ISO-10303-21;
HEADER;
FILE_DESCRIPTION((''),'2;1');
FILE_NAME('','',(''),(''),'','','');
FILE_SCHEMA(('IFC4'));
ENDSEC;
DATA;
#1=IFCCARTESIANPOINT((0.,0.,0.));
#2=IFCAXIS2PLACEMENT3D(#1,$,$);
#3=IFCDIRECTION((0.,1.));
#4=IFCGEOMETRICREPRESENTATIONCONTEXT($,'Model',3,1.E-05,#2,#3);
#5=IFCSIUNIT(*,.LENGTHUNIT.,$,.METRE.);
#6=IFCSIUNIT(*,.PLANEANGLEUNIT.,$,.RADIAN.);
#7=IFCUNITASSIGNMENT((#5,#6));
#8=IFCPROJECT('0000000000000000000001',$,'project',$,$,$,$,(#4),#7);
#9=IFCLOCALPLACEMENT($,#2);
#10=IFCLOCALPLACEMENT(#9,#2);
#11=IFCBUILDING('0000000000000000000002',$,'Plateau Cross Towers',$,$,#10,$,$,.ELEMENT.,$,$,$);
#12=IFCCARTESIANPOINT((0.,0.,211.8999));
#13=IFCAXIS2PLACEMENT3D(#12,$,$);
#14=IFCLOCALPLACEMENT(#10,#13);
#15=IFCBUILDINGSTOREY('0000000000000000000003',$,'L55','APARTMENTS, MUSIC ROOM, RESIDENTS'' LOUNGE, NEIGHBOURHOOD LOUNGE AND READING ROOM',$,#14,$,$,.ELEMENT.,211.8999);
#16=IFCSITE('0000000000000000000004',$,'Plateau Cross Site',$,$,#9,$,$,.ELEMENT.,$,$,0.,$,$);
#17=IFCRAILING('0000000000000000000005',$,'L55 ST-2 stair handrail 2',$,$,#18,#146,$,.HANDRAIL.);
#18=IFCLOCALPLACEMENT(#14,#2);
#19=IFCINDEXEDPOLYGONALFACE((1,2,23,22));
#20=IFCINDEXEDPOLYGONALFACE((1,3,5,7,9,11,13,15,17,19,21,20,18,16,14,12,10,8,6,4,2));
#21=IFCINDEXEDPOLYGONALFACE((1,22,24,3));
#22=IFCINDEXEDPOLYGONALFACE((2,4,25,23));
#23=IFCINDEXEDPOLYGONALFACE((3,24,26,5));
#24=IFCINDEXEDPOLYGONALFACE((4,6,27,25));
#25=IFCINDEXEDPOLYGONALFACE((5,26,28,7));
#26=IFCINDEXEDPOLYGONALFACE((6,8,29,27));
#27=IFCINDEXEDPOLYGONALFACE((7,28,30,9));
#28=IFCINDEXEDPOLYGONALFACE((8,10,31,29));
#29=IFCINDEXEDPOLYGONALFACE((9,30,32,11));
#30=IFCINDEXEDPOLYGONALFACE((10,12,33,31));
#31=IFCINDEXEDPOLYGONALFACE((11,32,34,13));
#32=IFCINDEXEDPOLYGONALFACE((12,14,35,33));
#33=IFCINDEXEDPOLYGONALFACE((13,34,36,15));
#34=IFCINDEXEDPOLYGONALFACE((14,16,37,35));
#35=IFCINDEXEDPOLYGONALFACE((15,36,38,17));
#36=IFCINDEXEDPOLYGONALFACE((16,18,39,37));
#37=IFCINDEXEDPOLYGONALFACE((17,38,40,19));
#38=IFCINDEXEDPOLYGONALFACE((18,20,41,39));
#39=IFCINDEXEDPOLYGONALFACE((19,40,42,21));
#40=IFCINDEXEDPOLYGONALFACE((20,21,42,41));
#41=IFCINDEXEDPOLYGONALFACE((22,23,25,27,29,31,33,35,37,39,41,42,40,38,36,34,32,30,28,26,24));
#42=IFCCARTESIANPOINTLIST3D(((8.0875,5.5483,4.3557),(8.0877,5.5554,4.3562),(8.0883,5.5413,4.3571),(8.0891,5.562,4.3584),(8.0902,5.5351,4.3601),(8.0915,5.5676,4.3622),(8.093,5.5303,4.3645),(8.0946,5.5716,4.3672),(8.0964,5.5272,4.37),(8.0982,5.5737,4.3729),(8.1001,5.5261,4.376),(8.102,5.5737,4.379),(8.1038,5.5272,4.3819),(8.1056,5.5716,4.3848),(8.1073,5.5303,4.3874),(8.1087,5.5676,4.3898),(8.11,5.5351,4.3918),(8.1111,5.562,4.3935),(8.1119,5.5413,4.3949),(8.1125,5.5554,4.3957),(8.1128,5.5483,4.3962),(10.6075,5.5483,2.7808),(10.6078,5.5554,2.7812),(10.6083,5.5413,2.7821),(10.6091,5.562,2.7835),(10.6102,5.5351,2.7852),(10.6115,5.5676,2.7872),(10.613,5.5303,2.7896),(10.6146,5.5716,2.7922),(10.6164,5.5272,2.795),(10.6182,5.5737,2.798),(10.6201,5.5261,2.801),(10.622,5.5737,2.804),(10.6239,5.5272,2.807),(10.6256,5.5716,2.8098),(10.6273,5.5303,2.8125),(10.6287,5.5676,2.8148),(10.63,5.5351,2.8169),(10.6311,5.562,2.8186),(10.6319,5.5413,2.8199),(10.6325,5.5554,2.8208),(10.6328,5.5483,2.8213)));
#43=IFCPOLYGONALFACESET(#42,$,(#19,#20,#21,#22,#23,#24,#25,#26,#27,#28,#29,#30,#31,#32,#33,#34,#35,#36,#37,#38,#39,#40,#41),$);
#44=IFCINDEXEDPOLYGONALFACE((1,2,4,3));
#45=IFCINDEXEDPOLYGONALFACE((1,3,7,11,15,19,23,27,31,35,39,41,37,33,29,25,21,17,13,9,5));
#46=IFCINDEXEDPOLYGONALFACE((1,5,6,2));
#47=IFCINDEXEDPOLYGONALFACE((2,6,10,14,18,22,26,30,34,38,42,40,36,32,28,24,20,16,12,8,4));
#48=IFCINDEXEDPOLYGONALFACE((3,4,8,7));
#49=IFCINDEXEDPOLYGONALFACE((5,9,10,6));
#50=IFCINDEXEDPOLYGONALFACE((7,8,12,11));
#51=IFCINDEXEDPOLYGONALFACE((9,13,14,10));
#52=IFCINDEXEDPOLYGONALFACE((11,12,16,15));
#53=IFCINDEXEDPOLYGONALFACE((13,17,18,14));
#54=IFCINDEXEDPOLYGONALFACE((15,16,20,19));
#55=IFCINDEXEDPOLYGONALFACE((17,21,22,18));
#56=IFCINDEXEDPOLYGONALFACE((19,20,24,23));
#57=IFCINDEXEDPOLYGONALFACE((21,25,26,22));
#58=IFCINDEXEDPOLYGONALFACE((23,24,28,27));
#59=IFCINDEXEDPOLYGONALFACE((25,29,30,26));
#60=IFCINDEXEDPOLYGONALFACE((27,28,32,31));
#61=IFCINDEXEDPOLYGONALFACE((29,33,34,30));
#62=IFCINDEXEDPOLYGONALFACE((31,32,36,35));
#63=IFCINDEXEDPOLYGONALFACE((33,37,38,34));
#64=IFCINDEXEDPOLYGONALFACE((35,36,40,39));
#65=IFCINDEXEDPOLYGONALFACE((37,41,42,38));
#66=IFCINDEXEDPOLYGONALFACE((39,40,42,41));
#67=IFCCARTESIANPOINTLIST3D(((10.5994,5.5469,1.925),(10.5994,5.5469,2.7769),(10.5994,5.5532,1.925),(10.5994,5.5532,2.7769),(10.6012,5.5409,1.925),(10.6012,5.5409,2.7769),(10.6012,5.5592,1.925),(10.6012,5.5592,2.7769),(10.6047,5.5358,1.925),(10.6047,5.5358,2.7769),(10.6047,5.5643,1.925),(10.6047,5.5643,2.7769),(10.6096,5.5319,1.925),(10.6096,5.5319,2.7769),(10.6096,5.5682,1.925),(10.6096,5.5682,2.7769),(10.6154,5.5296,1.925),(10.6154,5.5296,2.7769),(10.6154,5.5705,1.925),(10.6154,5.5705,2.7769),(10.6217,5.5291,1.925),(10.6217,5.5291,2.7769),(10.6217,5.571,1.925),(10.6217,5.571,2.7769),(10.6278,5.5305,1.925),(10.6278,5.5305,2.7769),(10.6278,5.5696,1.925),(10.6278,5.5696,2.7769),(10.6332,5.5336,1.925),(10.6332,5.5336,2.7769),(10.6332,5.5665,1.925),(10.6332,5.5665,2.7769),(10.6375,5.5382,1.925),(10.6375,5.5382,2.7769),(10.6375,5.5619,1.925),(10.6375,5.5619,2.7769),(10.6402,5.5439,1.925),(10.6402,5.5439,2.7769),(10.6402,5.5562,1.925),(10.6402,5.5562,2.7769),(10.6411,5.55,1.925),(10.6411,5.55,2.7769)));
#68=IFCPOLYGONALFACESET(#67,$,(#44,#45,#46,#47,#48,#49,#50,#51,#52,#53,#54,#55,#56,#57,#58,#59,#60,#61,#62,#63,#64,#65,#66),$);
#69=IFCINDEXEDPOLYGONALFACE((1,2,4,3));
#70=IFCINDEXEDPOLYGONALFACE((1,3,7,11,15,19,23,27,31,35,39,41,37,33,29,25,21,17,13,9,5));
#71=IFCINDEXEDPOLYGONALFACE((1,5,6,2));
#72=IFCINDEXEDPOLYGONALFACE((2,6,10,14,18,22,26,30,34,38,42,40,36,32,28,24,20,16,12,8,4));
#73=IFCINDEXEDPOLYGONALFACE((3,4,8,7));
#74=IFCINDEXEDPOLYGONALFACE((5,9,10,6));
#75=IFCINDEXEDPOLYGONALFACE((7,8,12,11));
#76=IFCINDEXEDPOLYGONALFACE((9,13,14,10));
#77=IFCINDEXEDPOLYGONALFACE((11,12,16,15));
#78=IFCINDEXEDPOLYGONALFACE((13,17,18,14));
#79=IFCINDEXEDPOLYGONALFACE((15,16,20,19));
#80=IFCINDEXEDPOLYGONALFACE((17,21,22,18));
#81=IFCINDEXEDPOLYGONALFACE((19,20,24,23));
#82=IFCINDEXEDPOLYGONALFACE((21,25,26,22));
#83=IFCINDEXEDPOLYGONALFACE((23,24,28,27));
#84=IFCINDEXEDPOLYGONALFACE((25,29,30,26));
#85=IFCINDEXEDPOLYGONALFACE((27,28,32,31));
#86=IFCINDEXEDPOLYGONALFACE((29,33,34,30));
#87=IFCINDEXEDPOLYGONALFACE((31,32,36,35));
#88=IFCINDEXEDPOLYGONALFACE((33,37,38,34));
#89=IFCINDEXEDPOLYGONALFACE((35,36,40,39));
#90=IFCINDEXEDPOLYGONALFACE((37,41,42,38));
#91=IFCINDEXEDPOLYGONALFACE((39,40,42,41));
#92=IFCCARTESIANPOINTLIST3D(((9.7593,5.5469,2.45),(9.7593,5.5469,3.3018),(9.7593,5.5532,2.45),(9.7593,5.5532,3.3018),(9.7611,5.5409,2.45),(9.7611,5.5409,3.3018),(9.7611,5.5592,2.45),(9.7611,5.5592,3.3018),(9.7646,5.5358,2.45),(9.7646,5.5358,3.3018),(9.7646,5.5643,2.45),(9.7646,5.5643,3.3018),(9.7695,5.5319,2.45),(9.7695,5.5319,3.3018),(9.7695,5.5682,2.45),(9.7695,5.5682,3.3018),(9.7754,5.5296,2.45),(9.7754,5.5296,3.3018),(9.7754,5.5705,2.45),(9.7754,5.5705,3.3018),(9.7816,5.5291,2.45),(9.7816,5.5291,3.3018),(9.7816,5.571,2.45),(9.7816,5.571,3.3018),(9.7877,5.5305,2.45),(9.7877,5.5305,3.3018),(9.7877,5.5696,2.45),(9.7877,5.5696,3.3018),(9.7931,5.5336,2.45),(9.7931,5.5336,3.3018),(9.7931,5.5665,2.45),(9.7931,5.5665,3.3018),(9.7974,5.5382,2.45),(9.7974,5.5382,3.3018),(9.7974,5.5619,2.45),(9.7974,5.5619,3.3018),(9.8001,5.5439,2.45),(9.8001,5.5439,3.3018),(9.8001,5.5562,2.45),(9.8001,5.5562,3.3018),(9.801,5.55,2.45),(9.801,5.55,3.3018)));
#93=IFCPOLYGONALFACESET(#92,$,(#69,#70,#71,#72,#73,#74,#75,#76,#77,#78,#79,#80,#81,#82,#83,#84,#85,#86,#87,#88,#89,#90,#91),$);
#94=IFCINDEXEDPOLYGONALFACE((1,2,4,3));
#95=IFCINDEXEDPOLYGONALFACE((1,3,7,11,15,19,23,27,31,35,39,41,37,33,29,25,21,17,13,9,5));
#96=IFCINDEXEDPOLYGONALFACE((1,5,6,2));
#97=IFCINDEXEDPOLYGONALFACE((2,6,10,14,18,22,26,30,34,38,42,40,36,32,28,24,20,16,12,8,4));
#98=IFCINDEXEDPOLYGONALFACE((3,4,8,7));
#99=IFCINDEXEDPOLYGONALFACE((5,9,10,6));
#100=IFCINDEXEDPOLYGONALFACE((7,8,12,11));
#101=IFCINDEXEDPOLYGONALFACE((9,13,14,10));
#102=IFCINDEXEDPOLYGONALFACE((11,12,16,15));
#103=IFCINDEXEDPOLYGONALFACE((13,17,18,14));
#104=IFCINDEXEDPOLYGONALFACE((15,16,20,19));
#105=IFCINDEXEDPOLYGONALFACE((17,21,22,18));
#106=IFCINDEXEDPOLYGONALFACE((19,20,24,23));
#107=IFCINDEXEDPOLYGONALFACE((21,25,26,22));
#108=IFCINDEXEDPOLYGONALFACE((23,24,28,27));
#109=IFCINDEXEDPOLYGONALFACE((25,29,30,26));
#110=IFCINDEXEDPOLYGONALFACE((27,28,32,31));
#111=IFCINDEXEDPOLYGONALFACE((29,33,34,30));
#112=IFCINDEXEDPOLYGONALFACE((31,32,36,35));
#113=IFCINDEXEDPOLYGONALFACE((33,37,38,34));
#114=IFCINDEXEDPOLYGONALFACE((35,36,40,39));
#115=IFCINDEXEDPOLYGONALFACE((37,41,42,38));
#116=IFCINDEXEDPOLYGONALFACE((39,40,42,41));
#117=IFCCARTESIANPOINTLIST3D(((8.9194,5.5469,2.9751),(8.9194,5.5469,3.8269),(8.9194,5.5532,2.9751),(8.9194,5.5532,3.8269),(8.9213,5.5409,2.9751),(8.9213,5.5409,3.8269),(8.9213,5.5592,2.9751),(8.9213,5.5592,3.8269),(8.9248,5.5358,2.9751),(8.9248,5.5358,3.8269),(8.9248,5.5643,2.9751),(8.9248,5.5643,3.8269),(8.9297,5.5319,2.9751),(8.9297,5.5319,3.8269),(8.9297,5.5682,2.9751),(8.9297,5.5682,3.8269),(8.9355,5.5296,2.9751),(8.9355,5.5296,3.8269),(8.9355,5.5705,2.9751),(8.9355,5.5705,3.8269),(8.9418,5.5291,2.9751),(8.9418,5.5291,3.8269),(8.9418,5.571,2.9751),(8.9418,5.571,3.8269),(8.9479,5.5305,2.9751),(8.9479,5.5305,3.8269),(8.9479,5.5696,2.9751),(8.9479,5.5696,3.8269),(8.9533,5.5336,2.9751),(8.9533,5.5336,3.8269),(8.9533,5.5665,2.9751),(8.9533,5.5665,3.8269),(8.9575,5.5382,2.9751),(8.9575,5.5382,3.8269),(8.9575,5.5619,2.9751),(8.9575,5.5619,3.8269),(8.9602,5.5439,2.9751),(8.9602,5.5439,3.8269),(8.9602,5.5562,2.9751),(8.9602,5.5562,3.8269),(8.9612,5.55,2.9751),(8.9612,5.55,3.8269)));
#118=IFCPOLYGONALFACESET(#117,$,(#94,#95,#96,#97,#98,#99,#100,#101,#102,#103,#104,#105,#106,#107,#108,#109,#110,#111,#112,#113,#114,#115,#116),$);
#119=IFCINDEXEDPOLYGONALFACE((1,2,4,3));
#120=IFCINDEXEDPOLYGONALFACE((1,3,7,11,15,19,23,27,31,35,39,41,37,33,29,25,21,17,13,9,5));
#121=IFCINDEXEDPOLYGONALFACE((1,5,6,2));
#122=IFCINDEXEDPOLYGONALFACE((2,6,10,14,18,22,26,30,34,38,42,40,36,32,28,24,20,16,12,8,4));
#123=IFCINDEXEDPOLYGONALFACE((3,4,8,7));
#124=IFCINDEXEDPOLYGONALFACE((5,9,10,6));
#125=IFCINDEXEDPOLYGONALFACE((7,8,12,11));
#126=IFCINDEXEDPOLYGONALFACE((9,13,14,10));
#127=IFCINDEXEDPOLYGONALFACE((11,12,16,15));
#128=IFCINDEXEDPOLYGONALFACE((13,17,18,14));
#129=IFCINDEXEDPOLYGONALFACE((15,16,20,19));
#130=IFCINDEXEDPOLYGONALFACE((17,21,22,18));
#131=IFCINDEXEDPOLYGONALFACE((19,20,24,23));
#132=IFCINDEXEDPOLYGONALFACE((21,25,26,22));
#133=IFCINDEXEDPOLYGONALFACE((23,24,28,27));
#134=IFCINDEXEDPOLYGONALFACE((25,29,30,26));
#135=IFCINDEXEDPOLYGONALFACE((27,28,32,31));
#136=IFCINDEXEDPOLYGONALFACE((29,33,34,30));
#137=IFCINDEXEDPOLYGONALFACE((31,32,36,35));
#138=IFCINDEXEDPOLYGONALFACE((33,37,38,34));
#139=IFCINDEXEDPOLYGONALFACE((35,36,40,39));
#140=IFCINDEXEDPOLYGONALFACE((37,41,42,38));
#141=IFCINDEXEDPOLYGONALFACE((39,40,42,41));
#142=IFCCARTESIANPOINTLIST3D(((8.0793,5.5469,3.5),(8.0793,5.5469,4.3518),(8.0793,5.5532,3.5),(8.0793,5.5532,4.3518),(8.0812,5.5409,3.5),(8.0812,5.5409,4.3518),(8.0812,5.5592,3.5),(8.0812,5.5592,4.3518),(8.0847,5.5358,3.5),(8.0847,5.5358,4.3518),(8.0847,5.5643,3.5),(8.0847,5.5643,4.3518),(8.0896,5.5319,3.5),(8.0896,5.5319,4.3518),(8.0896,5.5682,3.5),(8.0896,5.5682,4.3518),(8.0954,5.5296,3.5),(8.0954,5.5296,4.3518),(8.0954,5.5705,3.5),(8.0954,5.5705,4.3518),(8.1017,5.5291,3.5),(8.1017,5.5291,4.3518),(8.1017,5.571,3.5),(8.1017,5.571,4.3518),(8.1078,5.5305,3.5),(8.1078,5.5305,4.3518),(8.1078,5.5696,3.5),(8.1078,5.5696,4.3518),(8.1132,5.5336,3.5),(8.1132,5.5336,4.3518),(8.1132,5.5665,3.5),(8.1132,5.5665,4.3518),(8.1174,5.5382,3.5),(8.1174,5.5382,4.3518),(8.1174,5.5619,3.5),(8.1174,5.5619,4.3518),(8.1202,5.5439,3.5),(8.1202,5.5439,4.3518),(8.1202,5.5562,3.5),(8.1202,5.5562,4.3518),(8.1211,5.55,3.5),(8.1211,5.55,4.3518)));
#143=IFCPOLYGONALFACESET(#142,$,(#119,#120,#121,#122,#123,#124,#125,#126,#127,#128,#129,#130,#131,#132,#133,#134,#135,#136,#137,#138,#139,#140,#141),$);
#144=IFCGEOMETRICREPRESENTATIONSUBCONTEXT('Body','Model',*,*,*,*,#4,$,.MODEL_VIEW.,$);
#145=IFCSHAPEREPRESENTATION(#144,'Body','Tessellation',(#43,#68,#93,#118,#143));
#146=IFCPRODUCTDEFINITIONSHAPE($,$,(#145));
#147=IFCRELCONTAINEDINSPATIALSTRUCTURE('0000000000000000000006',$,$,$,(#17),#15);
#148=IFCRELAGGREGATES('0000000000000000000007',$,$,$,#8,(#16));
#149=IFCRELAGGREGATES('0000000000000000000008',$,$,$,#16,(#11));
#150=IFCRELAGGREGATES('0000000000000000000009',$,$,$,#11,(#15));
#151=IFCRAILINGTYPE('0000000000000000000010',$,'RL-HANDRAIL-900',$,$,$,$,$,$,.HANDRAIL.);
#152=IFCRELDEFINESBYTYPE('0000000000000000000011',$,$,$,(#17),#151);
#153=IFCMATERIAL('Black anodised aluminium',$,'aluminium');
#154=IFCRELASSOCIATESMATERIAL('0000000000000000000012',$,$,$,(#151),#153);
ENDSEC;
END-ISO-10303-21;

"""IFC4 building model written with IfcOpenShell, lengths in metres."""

from ifc_helpers import new_model, si_unit, direction, frame, origin, origin_2d, place, context, subcontext, project, spatial, circle, extrude, material, type_object, element, save


model = new_model("IFC4")

# Units and contexts
model_context = context("Model", 3, precision=1e-05, world=origin(), true_north=direction((0.0, 1.0)))
body_context = subcontext(model_context, "Body", "Model", "MODEL_VIEW")
ifc_project = project(units=[si_unit("LENGTHUNIT", "METRE"), si_unit("PLANEANGLEUNIT", "RADIAN")], contexts=[model_context])

# Site, building, storey
site_placement = place(None, origin())
site = spatial("IfcSite", under=ifc_project, at=site_placement, Name="Plateau Cross Site", CompositionType="ELEMENT", RefElevation=0.0)
building_placement = place(site_placement, origin())
building = spatial("IfcBuilding", under=site, at=building_placement, Name="Plateau Cross Towers", CompositionType="ELEMENT")
storey_placement = place(building_placement, frame((0.0, 0.0, 211.8999)))
storey = spatial("IfcBuildingStorey", under=building, at=storey_placement, Name="L55", Description="APARTMENTS, MUSIC ROOM, RESIDENTS' LOUNGE, NEIGHBOURHOOD LOUNGE AND READING ROOM", CompositionType="ELEMENT", Elevation=211.8999)

# Railing
ifc_material_1 = material(Name="Black anodised aluminium", Category="aluminium")
railing_type_1 = type_object("IfcRailingType", Name="RL-HANDRAIL-900", PredefinedType="HANDRAIL", material=ifc_material_1)
railing_1_placement = place(storey_placement, frame((10.6201, 5.55, 1.925)))
element("IfcRailing", 1, at=railing_1_placement, inside=storey, type_object=railing_type_1, Name="L55 ST-2 stair handrail 2", PredefinedType="HANDRAIL", context=body_context, shape_type="SweptSolid", body=[
    extrude(circle(Radius=0.0239, at=origin_2d()), frame((0.0, 0.0, 0.876), z_axis=(-0.848008, 0.0, 0.529984), x_axis=(0.0, -1.0, 0.0)), (0.0, 0.0, 1.0), 2.9717),
    extrude(circle(Radius=0.021, at=origin_2d()), origin(), (0.0, 0.0, 1.0), 0.8518),
    extrude(circle(Radius=0.021, at=origin_2d()), frame((-0.8401, 0.0, 0.5249)), (0.0, 0.0, 1.0), 0.8518),
    extrude(circle(Radius=0.021, at=origin_2d()), frame((-1.6799, 0.0, 1.05)), (0.0, 0.0, 1.0), 0.8518),
    extrude(circle(Radius=0.021, at=origin_2d()), frame((-2.52, 0.0, 1.575)), (0.0, 0.0, 1.0), 0.8518),
])

save(model, "model.ifc")
